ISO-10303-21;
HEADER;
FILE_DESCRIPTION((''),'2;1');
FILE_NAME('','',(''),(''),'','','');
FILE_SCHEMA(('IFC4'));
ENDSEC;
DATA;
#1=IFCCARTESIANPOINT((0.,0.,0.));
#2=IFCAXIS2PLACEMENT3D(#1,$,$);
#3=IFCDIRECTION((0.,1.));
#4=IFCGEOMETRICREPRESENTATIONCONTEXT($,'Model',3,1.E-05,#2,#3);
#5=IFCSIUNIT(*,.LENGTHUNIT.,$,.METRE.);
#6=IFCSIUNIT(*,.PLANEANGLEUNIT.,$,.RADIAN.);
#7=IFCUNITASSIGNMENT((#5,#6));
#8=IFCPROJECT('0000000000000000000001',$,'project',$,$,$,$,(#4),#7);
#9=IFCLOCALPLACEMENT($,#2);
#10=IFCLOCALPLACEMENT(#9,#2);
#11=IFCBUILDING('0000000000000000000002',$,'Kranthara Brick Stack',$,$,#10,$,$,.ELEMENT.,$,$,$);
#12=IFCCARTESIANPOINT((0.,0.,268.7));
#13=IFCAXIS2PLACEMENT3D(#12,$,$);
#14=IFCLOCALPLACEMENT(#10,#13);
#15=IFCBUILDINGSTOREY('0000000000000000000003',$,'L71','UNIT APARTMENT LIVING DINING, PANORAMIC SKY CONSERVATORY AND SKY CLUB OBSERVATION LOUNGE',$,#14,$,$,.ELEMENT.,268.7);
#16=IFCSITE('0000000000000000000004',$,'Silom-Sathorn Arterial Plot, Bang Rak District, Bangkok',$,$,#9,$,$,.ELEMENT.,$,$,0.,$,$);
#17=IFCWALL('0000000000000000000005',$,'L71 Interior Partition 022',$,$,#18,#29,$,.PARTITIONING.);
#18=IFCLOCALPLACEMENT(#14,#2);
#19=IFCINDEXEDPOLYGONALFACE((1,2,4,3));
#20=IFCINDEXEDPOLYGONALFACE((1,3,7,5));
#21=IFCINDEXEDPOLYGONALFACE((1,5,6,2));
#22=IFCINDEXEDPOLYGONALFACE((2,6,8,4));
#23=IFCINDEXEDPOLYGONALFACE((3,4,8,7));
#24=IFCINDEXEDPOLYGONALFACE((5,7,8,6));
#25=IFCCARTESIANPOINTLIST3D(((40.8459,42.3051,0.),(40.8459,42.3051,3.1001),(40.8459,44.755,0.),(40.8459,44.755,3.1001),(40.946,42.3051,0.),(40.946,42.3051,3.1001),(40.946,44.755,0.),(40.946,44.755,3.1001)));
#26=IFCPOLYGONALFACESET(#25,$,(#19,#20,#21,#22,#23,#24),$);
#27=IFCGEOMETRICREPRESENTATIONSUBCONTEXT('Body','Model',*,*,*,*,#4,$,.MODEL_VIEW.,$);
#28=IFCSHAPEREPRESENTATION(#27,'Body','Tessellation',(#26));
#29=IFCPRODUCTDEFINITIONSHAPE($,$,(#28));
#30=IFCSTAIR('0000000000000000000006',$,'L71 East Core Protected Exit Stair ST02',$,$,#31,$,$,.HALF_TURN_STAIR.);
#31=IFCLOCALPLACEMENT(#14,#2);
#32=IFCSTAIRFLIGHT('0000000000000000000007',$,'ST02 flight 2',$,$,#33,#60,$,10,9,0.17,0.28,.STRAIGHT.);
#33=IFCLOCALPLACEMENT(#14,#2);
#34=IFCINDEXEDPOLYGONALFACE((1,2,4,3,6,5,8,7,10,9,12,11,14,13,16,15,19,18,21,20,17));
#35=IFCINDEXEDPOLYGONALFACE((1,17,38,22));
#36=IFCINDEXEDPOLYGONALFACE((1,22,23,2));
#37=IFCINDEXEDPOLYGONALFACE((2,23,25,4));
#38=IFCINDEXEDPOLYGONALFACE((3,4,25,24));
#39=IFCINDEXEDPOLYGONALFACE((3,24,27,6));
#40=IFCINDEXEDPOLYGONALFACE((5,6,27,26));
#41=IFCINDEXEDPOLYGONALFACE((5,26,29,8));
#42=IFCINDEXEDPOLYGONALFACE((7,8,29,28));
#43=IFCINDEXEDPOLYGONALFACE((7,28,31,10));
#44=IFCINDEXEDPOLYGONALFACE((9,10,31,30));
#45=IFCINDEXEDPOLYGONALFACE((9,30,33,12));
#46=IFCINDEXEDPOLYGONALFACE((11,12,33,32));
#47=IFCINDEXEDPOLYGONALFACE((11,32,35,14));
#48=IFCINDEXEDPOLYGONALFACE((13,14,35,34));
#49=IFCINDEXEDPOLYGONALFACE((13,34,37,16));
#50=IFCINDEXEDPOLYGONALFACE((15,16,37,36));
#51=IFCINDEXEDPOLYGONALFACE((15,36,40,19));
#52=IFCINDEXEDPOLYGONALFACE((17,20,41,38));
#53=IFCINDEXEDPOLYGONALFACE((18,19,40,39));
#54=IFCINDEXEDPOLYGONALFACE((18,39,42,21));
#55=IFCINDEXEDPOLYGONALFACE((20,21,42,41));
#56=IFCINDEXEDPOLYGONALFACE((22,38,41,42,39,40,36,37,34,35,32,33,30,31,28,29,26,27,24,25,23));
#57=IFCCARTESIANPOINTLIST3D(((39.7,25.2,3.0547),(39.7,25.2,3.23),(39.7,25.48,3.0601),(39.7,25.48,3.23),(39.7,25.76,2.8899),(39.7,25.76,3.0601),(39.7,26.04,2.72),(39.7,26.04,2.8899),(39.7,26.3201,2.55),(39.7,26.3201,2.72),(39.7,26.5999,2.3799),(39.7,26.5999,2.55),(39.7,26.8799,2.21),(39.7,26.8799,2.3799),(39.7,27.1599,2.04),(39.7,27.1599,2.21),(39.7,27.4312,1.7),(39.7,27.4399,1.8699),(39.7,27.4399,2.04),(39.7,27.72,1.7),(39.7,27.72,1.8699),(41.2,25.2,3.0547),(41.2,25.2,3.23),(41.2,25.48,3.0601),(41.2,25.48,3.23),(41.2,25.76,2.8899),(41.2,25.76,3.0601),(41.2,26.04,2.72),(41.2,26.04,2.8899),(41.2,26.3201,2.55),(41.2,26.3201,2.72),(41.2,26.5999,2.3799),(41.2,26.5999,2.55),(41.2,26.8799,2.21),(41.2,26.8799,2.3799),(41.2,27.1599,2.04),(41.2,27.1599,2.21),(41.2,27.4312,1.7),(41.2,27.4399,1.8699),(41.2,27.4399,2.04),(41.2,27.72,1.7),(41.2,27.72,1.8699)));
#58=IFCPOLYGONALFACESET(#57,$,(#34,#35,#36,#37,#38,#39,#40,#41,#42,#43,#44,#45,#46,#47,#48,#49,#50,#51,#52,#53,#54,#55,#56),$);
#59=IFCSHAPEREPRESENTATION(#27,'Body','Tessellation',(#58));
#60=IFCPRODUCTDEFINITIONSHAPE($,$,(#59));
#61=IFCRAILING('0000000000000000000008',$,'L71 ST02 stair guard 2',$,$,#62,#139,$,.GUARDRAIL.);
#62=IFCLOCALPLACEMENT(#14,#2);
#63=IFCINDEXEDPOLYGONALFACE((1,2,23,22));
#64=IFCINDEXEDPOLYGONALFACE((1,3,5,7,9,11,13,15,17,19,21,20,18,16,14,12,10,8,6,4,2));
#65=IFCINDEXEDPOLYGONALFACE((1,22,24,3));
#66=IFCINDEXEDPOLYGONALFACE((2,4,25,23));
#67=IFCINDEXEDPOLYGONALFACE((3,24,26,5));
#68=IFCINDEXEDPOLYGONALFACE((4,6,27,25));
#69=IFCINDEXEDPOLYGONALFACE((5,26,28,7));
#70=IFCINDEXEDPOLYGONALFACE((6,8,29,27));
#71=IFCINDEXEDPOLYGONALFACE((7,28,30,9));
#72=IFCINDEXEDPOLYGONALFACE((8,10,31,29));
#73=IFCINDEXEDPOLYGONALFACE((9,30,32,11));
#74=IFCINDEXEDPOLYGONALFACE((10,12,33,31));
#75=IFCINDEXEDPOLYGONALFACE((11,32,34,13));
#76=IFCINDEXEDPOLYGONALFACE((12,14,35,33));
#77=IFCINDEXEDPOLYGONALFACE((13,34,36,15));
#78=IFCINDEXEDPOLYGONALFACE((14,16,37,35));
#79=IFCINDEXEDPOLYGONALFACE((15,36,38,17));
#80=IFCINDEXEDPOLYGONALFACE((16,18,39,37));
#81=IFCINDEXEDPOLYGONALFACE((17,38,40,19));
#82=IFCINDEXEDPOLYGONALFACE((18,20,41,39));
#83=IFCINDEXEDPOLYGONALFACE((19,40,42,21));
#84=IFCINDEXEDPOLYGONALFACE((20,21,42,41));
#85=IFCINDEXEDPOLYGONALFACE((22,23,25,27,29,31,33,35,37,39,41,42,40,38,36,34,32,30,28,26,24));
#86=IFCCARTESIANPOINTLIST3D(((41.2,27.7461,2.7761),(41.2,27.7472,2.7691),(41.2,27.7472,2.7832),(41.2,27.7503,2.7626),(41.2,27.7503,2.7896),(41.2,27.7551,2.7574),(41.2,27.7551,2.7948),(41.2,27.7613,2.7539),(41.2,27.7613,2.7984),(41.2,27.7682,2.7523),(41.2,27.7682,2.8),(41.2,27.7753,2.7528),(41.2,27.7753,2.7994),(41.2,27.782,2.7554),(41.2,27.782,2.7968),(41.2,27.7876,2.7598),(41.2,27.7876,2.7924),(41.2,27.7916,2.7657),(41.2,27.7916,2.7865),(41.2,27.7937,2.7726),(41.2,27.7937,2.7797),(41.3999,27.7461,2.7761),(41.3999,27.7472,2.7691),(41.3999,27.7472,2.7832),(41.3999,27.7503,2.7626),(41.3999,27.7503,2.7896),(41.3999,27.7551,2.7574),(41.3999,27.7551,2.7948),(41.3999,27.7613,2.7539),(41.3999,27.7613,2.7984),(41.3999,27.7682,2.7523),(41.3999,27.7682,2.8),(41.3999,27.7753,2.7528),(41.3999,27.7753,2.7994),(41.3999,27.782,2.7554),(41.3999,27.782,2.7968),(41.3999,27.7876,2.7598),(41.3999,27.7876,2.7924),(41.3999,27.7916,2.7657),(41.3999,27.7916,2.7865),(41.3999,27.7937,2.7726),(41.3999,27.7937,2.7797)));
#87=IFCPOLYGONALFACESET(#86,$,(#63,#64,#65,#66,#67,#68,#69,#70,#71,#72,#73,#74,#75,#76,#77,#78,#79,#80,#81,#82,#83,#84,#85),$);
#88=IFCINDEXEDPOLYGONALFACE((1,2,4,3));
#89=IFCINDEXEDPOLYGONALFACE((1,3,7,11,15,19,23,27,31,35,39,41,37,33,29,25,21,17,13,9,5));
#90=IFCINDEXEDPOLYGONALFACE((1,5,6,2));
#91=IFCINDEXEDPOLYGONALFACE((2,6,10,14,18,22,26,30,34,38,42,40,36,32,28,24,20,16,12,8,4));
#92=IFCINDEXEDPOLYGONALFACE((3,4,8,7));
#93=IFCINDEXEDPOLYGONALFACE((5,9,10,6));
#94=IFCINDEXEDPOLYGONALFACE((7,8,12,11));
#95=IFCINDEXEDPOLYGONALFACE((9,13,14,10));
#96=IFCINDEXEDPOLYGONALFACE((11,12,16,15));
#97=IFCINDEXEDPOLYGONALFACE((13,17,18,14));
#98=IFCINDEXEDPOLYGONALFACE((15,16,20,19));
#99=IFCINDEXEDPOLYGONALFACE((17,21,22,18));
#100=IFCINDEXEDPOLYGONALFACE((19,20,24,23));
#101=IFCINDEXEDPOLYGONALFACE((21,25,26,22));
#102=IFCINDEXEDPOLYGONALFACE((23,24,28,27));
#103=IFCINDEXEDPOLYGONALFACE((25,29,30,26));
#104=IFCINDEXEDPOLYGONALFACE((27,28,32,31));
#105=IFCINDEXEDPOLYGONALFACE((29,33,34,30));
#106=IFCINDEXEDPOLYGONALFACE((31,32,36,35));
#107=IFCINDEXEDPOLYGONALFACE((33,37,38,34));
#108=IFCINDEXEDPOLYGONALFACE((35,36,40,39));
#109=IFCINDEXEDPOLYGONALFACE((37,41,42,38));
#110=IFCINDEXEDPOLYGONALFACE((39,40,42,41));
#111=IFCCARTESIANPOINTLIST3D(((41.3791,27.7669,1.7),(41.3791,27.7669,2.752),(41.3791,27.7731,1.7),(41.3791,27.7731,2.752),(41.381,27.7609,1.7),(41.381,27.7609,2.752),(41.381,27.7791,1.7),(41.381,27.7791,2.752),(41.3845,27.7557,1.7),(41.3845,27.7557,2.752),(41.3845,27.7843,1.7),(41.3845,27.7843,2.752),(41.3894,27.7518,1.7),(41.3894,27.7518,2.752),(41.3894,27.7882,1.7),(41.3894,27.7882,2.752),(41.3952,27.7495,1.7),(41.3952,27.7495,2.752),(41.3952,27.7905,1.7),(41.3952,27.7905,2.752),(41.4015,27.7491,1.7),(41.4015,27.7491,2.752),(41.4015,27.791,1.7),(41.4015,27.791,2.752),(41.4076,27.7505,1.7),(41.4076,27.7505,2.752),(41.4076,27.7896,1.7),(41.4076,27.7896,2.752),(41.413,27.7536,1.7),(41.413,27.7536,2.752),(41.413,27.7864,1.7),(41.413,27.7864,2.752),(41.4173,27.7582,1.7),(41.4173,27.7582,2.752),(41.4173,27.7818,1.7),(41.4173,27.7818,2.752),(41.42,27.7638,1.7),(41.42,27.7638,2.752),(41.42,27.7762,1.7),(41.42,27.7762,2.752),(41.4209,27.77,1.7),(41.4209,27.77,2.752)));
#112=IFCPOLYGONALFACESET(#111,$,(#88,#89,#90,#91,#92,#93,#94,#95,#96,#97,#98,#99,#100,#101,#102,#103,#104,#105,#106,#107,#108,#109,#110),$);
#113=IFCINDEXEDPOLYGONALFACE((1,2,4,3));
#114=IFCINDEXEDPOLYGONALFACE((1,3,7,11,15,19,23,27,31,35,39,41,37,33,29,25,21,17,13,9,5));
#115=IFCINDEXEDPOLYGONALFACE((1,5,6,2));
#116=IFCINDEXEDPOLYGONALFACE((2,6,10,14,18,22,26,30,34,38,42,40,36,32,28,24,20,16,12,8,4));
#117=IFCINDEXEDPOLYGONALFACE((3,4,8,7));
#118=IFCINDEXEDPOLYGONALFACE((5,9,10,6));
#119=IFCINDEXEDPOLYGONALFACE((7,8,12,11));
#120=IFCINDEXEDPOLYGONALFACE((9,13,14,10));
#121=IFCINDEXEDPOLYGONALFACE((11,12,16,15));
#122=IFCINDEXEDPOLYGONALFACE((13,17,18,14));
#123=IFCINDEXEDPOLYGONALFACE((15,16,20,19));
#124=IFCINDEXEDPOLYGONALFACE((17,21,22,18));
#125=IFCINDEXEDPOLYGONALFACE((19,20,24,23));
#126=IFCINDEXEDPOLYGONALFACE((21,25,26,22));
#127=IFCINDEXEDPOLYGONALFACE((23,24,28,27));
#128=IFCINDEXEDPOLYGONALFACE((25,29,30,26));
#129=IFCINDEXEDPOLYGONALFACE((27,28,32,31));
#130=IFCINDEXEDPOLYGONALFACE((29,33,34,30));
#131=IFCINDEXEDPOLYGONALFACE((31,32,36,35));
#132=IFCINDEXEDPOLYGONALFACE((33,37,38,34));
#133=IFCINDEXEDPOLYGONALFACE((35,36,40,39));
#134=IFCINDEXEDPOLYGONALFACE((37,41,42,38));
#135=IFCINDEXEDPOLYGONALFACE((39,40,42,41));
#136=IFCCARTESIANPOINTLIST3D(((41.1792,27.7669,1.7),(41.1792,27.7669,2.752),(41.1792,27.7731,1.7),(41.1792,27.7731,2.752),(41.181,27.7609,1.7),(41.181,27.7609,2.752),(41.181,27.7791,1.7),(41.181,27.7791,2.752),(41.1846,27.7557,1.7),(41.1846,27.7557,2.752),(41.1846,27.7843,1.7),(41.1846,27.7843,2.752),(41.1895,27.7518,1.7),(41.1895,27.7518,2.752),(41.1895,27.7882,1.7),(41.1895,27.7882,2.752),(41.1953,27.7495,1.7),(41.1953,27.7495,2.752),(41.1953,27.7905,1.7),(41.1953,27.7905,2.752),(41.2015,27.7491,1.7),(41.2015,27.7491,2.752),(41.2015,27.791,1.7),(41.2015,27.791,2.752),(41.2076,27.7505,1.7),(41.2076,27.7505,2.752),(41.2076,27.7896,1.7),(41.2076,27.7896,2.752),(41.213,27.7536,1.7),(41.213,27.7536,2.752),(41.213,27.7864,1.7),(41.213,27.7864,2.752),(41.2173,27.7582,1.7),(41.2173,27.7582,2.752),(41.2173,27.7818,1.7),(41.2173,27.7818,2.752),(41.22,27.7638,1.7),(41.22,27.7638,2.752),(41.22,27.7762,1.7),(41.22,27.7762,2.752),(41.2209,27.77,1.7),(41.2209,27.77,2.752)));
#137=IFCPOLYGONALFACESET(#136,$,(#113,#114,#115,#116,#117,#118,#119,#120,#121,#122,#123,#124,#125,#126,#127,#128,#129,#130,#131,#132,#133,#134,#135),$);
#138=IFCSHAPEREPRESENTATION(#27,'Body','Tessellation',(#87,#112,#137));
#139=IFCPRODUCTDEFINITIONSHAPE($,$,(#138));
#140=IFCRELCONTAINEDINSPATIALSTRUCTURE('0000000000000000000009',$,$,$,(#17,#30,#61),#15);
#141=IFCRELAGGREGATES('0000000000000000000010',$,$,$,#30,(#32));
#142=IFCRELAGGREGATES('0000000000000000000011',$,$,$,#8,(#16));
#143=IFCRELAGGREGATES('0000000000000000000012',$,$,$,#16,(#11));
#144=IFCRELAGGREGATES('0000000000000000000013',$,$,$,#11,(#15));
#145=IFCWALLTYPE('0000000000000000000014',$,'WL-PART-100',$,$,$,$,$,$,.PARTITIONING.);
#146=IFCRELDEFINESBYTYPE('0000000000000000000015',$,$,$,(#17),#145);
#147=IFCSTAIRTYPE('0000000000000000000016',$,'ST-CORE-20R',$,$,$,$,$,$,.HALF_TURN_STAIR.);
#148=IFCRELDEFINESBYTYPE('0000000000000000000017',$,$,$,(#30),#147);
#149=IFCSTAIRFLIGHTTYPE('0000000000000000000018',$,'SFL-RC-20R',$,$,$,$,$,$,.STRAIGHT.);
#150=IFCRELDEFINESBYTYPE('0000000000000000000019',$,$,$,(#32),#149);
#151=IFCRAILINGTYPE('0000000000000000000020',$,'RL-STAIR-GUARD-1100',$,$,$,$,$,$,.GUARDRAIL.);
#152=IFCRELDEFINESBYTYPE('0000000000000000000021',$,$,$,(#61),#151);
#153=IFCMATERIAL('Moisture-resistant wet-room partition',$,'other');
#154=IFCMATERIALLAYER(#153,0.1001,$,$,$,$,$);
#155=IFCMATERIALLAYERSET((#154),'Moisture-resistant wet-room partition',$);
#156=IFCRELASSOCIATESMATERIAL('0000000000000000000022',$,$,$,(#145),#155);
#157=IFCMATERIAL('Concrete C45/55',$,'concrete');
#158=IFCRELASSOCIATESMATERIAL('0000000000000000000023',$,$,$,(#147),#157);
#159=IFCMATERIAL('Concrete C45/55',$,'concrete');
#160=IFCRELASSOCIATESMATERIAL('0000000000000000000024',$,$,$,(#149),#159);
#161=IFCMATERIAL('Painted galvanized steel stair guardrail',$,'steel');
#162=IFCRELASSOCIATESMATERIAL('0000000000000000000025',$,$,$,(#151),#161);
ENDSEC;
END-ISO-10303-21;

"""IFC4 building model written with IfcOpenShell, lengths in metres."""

from ifc_helpers import new_model, si_unit, direction, frame, frame_2d, origin, origin_2d, place, context, subcontext, project, spatial, polyline, rectangle, circle, outline, extrude, material, layer, layer_set, type_object, element, aggregate, save


model = new_model("IFC4")

# Units and contexts
model_context = context("Model", 3, precision=1e-05, world=origin(), true_north=direction((0.0, 1.0)))
body_context = subcontext(model_context, "Body", "Model", "MODEL_VIEW")
ifc_project = project(units=[si_unit("LENGTHUNIT", "METRE"), si_unit("PLANEANGLEUNIT", "RADIAN")], contexts=[model_context])

# Site, building, storey
site_placement = place(None, origin())
site = spatial("IfcSite", under=ifc_project, at=site_placement, Name="Silom-Sathorn Arterial Plot, Bang Rak District, Bangkok", CompositionType="ELEMENT", RefElevation=0.0)
building_placement = place(site_placement, origin())
building = spatial("IfcBuilding", under=site, at=building_placement, Name="Kranthara Brick Stack", CompositionType="ELEMENT")
storey_placement = place(building_placement, frame((0.0, 0.0, 268.7)))
storey = spatial("IfcBuildingStorey", under=building, at=storey_placement, Name="L71", Description="UNIT APARTMENT LIVING DINING, PANORAMIC SKY CONSERVATORY AND SKY CLUB OBSERVATION LOUNGE", CompositionType="ELEMENT", Elevation=268.7)

# Wall
ifc_material_1 = material(Name="Moisture-resistant wet-room partition", Category="other")
ifc_layer_1 = layer(ifc_material_1, 0.1001)
ifc_layer_set_1 = layer_set([ifc_layer_1], Name="Moisture-resistant wet-room partition")
wall_type_1 = type_object("IfcWallType", Name="WL-PART-100", PredefinedType="PARTITIONING", material=ifc_layer_set_1)
wall_1_placement = place(storey_placement, frame((40.896, 42.3049, 0.0), z_axis=(0.0, 0.0, 1.0), x_axis=(0.0, 1.0, 0.0)))
element("IfcWall", 1, at=wall_1_placement, inside=storey, type_object=wall_type_1, Name="L71 Interior Partition 022", PredefinedType="PARTITIONING", context=body_context, shape_type="SweptSolid", body=[
    extrude(rectangle(XDim=2.45, YDim=0.1001, at=frame_2d((1.2251, 0.0))), origin(), (0.0, 0.0, 1.0), 3.1001),
])

# Stair, stair flight
ifc_material_2 = material(Name="Concrete C45/55", Category="concrete")
stair_type = type_object("IfcStairType", Name="ST-CORE-20R", PredefinedType="HALF_TURN_STAIR", material=ifc_material_2)
stair_placement = place(storey_placement, origin())
stair = element("IfcStair", 2, at=stair_placement, inside=storey, type_object=stair_type, Name="L71 East Core Protected Exit Stair ST02", PredefinedType="HALF_TURN_STAIR")
ifc_material_3 = material(Name="Concrete C45/55", Category="concrete")
stair_flight_type = type_object("IfcStairFlightType", Name="SFL-RC-20R", PredefinedType="STRAIGHT", material=ifc_material_3)
stair_flight_placement = place(storey_placement, frame((40.45, 27.72, 1.7), z_axis=(0.0, 0.0, 1.0), x_axis=(0.0, -1.0, 0.0)))
stair_flight = element("IfcStairFlight", 3, at=stair_flight_placement, type_object=stair_flight_type, Name="ST02 flight 2", NumberOfRisers=10, NumberOfTreads=9, PredefinedType="STRAIGHT", RiserHeight=0.17, TreadLength=0.28, context=body_context, shape_type="SweptSolid", body=[
    extrude(outline(polyline([(0.0, 0.0), (0.0, 0.1699), (0.28, 0.1699), (0.28, 0.3401), (0.5601, 0.3401), (0.5601, 0.51), (0.8401, 0.51), (0.8401, 0.6799), (1.1201, 0.6799), (1.1201, 0.8501), (1.3999, 0.8501), (1.3999, 1.02), (1.6799, 1.02), (1.6799, 1.1899), (1.96, 1.1899), (1.96, 1.3601), (2.24, 1.3601), (2.24, 1.53), (2.52, 1.53), (2.52, 1.7), (2.52, 1.3547), (0.2888, 0.0), (0.0, 0.0)])), frame((0.0, 0.75, 0.0), z_axis=(0.0, -1.0, 0.0), x_axis=(1.0, 0.0, 0.0)), (0.0, 0.0, 1.0), 1.5),
])
aggregate(stair, [stair_flight])

# Railing
ifc_material_4 = material(Name="Painted galvanized steel stair guardrail", Category="steel")
railing_type_1 = type_object("IfcRailingType", Name="RL-STAIR-GUARD-1100", PredefinedType="GUARDRAIL", material=ifc_material_4)
railing_1_placement = place(storey_placement, frame((41.3999, 27.77, 1.7)))
element("IfcRailing", 4, at=railing_1_placement, inside=storey, type_object=railing_type_1, Name="L71 ST02 stair guard 2", PredefinedType="GUARDRAIL", context=body_context, shape_type="SweptSolid", body=[
    extrude(circle(Radius=0.0239, at=origin_2d()), frame((0.0, 0.0, 1.0762), z_axis=(-1.0, 0.0, 0.0), x_axis=(0.0, -1.0, 0.0)), (0.0, 0.0, 1.0), 0.2),
    extrude(circle(Radius=0.021, at=origin_2d()), origin(), (0.0, 0.0, 1.0), 1.052),
    extrude(circle(Radius=0.021, at=origin_2d()), frame((-0.2, 0.0, 0.0)), (0.0, 0.0, 1.0), 1.052),
])

save(model, "model.ifc")
